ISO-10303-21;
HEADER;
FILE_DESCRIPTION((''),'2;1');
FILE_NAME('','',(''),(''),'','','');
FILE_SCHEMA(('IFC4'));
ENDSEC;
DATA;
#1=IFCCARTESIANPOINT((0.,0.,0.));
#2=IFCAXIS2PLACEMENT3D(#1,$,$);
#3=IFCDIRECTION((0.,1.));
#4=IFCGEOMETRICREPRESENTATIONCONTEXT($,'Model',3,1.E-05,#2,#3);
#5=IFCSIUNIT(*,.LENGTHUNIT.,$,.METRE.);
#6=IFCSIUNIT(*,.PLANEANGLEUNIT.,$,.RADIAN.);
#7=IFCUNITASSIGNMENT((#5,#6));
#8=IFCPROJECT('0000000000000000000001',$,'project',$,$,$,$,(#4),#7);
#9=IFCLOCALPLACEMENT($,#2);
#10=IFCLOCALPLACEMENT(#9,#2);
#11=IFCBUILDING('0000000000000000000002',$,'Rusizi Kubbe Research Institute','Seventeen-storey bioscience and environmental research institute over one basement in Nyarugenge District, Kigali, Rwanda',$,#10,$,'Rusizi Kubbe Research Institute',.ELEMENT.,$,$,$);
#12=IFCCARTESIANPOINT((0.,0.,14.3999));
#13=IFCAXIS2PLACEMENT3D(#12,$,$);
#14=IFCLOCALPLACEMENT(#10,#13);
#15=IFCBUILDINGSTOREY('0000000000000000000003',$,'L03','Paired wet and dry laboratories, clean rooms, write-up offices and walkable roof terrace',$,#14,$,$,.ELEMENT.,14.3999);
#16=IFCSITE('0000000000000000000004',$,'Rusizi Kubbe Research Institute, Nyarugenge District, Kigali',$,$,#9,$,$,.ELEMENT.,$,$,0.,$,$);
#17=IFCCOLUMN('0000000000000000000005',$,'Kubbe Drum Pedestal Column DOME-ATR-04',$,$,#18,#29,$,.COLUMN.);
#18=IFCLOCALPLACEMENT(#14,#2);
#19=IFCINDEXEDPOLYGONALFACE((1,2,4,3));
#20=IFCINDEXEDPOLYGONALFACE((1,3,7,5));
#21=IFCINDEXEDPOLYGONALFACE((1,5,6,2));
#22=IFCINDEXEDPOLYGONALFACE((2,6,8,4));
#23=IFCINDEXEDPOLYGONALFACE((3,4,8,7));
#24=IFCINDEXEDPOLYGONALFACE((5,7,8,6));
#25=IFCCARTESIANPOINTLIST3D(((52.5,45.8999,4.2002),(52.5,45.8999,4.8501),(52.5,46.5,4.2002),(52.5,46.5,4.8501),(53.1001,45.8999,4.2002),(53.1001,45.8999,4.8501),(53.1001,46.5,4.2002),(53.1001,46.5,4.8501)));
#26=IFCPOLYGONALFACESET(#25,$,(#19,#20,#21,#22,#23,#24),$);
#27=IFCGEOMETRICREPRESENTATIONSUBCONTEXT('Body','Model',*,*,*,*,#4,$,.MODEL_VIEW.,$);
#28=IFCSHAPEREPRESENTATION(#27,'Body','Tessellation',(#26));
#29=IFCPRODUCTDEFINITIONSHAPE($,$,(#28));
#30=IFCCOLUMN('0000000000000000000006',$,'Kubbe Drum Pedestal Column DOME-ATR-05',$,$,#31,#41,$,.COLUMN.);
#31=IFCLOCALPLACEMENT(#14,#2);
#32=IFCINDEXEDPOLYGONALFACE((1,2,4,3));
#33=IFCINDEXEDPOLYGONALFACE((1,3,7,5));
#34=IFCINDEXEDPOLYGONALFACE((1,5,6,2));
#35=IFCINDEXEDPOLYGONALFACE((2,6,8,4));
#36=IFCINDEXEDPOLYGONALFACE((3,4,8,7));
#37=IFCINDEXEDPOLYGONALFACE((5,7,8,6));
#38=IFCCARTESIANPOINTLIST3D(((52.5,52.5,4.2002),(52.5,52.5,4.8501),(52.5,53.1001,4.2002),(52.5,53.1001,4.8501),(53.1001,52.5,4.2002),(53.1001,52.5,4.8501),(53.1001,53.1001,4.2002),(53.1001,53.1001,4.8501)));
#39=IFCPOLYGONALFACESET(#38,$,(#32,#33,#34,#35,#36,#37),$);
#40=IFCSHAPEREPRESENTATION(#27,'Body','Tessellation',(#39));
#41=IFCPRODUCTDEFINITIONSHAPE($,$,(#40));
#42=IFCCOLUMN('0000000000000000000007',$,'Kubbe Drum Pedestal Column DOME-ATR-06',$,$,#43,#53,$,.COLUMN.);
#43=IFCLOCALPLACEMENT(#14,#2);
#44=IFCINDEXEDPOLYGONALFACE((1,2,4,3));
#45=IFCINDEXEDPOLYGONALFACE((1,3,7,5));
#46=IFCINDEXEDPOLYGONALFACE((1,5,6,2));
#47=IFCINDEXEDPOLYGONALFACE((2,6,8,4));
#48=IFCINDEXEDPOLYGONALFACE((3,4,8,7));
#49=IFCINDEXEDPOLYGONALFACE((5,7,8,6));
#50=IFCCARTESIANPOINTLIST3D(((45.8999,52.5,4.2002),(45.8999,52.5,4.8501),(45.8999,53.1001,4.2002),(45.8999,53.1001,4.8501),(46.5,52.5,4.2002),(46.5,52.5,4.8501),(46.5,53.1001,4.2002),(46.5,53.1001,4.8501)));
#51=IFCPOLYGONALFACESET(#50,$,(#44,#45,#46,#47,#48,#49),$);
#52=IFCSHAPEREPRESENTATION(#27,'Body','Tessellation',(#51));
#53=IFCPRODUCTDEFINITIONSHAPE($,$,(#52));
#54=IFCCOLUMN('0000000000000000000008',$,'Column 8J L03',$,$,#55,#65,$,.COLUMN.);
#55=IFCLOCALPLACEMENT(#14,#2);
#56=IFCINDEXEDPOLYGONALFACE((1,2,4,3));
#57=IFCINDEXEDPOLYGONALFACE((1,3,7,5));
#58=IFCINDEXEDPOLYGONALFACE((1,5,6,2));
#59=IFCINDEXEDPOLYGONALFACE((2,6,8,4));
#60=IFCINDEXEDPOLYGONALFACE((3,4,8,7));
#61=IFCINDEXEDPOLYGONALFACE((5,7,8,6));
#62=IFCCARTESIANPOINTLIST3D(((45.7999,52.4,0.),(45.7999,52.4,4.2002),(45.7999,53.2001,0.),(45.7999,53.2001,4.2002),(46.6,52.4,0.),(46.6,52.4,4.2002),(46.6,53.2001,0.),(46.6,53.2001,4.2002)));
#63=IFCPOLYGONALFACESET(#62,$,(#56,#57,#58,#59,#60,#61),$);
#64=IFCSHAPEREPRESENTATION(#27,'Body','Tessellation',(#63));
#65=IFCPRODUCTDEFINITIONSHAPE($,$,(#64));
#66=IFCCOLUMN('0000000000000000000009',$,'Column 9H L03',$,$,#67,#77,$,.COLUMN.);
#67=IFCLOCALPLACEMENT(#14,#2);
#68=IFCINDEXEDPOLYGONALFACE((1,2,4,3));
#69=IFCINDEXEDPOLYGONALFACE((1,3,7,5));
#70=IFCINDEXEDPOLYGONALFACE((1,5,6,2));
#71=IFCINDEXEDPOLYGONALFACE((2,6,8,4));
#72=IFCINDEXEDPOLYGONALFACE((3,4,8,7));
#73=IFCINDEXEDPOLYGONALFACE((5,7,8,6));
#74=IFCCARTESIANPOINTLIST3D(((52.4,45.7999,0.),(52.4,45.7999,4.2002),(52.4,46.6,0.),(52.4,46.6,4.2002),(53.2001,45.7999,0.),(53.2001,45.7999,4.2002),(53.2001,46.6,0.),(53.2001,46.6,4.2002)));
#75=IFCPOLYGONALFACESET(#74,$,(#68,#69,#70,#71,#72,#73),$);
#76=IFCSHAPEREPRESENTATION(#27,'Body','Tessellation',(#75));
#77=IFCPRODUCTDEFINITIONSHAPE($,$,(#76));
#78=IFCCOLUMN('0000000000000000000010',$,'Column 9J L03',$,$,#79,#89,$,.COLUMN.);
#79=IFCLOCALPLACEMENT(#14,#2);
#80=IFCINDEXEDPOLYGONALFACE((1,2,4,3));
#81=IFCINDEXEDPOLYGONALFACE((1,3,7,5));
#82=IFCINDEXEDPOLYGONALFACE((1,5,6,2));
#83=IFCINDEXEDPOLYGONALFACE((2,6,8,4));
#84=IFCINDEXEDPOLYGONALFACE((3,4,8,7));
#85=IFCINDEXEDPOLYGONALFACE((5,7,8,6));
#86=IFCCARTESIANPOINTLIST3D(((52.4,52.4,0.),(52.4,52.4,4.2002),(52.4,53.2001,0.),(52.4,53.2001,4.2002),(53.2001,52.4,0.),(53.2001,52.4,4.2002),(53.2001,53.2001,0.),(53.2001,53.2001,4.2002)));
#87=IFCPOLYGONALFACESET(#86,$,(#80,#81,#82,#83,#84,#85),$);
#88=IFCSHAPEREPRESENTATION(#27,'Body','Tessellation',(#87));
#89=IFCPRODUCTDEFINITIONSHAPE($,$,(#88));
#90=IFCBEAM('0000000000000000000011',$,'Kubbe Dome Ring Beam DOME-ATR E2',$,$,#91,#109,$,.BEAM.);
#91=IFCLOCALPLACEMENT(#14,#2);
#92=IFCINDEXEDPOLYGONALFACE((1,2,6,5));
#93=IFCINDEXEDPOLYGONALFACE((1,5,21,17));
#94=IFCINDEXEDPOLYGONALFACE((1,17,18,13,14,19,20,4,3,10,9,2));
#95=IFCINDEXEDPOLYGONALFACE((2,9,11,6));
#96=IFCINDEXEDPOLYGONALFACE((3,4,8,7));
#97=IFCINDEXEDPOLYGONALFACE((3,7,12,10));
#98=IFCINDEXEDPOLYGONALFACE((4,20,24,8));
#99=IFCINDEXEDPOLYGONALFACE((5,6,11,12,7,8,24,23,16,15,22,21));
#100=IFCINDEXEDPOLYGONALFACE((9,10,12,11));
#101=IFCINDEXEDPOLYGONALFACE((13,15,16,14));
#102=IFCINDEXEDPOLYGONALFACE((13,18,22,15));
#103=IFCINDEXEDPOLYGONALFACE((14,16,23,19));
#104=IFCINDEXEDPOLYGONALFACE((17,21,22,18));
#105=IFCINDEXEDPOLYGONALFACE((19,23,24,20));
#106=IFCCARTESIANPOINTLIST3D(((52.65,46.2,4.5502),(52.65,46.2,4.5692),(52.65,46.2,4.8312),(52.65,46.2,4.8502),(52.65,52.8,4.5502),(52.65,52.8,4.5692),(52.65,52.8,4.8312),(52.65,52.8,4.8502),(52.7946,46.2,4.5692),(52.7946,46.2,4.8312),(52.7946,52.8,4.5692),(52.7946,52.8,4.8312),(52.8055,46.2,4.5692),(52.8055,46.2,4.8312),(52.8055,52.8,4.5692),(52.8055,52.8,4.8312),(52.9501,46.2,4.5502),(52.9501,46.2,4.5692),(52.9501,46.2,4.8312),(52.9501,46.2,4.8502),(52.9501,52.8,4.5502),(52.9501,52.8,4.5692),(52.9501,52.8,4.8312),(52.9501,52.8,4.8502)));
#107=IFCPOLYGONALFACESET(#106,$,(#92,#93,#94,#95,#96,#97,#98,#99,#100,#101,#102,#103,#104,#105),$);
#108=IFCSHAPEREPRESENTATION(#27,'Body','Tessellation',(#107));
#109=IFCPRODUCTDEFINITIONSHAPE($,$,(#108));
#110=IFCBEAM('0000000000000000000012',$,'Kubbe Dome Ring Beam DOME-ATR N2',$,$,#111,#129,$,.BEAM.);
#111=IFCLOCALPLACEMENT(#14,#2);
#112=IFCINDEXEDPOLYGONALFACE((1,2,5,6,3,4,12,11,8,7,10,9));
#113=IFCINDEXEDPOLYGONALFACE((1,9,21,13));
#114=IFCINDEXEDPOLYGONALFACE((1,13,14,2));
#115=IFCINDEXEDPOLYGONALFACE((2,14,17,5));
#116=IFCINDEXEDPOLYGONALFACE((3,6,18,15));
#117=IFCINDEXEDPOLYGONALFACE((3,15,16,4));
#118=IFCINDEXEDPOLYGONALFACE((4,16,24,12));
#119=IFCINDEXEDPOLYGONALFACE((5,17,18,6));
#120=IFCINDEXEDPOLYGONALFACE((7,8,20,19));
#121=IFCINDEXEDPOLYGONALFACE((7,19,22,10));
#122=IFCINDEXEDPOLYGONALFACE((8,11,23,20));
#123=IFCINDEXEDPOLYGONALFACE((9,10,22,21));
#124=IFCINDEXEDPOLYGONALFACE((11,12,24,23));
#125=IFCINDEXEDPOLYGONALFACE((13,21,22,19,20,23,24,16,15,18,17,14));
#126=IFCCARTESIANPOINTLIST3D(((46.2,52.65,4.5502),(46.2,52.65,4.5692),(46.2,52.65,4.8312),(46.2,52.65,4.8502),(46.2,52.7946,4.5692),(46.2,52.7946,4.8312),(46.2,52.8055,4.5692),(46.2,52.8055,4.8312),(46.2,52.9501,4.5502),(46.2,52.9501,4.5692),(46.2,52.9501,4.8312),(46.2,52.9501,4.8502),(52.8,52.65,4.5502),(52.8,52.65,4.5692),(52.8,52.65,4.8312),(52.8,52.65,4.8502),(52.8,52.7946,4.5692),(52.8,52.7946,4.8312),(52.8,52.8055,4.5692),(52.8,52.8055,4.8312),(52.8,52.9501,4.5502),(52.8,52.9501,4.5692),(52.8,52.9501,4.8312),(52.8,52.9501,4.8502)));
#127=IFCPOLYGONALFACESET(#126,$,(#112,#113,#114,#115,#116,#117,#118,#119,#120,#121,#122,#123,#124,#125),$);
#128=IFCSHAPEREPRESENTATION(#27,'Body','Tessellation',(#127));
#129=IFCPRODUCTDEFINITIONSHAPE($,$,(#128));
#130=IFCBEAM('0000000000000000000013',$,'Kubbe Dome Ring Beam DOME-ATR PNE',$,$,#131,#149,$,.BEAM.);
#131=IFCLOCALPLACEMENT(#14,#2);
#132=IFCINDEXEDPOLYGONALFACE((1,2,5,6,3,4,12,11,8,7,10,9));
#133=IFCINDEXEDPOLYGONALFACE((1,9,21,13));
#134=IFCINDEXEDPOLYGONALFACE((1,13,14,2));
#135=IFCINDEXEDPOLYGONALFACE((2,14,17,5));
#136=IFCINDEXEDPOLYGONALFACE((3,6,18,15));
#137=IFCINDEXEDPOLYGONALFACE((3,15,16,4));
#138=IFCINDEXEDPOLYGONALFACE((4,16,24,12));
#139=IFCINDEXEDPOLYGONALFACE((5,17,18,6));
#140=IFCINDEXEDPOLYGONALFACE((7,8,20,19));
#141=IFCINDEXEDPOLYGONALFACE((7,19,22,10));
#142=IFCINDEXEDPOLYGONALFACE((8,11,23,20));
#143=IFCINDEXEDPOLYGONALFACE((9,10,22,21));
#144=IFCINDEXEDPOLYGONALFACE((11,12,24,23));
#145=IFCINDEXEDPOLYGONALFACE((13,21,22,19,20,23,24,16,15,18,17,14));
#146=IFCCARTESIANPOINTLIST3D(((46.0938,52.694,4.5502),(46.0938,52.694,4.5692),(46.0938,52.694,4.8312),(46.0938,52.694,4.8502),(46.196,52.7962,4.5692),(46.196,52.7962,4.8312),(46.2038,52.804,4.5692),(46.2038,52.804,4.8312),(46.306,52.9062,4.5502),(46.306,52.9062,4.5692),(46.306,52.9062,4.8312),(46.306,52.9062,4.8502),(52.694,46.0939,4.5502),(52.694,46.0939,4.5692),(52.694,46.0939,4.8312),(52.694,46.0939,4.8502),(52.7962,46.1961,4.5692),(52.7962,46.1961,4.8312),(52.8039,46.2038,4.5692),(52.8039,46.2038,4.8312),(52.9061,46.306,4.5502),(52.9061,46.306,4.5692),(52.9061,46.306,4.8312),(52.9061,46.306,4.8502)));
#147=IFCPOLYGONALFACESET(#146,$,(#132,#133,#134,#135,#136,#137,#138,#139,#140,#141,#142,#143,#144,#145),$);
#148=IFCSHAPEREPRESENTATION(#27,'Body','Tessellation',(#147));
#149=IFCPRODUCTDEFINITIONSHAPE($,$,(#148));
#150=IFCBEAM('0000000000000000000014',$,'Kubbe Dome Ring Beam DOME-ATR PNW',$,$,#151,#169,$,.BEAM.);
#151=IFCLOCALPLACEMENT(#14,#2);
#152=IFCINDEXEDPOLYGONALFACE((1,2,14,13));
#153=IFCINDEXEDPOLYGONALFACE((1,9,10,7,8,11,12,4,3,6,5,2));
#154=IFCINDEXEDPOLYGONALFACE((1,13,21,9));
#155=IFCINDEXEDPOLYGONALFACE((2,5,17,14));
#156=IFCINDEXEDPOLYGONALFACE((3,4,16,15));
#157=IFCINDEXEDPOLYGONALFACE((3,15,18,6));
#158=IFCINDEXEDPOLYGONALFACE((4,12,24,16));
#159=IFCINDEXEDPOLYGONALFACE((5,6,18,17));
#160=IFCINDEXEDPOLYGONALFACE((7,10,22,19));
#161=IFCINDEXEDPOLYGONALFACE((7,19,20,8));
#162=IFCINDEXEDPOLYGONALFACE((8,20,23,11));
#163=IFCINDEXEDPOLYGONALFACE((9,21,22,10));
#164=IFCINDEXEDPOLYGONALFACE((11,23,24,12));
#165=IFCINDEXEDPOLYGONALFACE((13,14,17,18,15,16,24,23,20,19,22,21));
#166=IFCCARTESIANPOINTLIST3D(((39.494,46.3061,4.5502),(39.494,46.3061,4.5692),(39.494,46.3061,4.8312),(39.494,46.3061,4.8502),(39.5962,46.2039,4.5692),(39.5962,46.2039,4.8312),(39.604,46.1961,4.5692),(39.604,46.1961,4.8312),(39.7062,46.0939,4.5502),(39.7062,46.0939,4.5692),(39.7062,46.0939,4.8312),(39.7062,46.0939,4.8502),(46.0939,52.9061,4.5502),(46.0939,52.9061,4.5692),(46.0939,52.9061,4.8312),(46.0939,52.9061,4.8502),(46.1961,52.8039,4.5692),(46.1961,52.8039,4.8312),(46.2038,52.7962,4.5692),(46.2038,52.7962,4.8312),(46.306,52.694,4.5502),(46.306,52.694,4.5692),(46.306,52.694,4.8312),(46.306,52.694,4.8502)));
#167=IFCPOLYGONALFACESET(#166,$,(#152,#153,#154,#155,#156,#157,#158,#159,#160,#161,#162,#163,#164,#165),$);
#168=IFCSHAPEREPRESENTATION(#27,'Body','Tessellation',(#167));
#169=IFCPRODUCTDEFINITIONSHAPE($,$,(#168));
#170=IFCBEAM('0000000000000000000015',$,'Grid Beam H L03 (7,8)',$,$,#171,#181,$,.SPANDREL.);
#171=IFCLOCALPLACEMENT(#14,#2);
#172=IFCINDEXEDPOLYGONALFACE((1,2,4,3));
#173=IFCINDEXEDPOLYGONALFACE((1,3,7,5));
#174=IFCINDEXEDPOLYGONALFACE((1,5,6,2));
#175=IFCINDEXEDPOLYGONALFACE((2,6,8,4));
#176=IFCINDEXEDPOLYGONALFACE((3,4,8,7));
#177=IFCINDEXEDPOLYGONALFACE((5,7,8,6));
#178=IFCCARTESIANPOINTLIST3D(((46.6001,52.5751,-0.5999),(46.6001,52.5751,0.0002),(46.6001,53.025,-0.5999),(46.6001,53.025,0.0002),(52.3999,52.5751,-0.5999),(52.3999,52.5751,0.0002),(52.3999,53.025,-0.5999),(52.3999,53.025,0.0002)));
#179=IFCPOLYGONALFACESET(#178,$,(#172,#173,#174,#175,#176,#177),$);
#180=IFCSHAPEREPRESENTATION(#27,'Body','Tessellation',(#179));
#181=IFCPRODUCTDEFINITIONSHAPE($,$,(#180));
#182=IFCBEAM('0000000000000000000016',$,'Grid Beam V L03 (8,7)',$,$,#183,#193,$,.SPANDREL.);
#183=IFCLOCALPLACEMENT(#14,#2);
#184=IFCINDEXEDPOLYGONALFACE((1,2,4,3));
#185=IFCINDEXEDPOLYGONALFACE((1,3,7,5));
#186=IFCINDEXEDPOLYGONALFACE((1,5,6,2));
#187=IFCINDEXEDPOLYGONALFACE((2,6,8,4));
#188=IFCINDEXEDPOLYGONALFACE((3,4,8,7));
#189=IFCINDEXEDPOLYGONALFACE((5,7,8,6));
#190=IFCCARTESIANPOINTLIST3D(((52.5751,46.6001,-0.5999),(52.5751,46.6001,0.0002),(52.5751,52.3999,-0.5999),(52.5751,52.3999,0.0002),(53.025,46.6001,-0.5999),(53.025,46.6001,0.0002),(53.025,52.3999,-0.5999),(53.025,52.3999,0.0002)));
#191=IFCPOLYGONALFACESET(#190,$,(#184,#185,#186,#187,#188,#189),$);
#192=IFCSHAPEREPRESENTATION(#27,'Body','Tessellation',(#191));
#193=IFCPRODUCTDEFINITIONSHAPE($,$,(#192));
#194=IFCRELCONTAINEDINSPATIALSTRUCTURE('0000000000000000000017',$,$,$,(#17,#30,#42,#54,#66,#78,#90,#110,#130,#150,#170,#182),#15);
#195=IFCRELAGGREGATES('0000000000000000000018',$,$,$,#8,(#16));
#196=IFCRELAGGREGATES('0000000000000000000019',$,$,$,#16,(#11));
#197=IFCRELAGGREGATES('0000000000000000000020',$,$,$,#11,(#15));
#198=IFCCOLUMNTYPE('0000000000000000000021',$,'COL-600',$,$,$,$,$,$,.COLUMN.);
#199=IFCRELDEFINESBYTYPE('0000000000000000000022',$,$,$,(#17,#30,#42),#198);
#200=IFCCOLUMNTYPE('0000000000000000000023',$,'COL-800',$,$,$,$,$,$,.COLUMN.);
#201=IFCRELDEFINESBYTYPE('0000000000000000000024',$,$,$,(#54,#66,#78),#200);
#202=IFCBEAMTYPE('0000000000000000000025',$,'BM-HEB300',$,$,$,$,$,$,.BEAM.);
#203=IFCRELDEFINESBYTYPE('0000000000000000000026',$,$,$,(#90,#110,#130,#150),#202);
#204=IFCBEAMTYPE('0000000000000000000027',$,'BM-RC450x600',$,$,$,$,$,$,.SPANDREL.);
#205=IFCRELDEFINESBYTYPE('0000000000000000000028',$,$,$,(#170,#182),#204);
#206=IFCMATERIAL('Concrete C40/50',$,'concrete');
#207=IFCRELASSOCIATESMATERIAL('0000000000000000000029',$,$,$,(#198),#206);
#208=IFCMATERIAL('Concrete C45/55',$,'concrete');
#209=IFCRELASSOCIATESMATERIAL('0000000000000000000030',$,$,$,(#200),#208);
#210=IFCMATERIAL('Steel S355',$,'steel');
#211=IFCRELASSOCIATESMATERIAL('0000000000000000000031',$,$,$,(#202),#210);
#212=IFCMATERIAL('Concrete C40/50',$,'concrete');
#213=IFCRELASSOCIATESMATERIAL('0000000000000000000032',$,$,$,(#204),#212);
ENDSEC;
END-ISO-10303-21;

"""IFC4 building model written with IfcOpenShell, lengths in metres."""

from ifc_helpers import new_model, si_unit, direction, frame, origin, origin_2d, place, context, subcontext, project, spatial, rectangle, i_section, extrude, material, material_profile, profile_set, type_object, element, save


model = new_model("IFC4")

# Units and contexts
model_context = context("Model", 3, precision=1e-05, world=origin(), true_north=direction((0.0, 1.0)))
body_context = subcontext(model_context, "Body", "Model", "MODEL_VIEW")
ifc_project = project(units=[si_unit("LENGTHUNIT", "METRE"), si_unit("PLANEANGLEUNIT", "RADIAN")], contexts=[model_context])

# Site, building, storey
site_placement = place(None, origin())
site = spatial("IfcSite", under=ifc_project, at=site_placement, Name="Rusizi Kubbe Research Institute, Nyarugenge District, Kigali", CompositionType="ELEMENT", RefElevation=0.0)
building_placement = place(site_placement, origin())
building = spatial("IfcBuilding", under=site, at=building_placement, Name="Rusizi Kubbe Research Institute", Description="Seventeen-storey bioscience and environmental research institute over one basement in Nyarugenge District, Kigali, Rwanda", LongName="Rusizi Kubbe Research Institute", CompositionType="ELEMENT")
storey_placement = place(building_placement, frame((0.0, 0.0, 14.3999)))
storey = spatial("IfcBuildingStorey", under=building, at=storey_placement, Name="L03", Description="Paired wet and dry laboratories, clean rooms, write-up offices and walkable roof terrace", CompositionType="ELEMENT", Elevation=14.3999)

# Columns
ifc_material_1 = material(Name="Concrete C40/50", Category="concrete")
ifc_material_profile_1 = material_profile(ifc_material_1, rectangle(XDim=0.6001, YDim=0.6001, at=origin_2d()), Name="RC600x600")
ifc_profile_set_1 = profile_set([ifc_material_profile_1], Name="Concrete C40/50")
column_type_1 = type_object("IfcColumnType", Name="COL-600", PredefinedType="COLUMN", material=ifc_profile_set_1)
for number, where, z_axis, x_axis, name in (
    (1, (52.8, 46.2, 4.2002), (0.0, 0.0, 1.0), (1.0, 0.0, 0.0), "Kubbe Drum Pedestal Column DOME-ATR-04"),
    (2, (52.8, 52.8, 4.2002), (0.0, 0.0, 1.0), (1.0, 0.0, 0.0), "Kubbe Drum Pedestal Column DOME-ATR-05"),
    (3, (46.2, 52.8, 4.2002), (0.0, 0.0, 1.0), (1.0, 0.0, 0.0), "Kubbe Drum Pedestal Column DOME-ATR-06"),
):
    element("IfcColumn", number, at=place(storey_placement, frame(where, z_axis=z_axis, x_axis=x_axis)), inside=storey, type_object=column_type_1, Name=name, PredefinedType="COLUMN", context=body_context, shape_type="SweptSolid", body=[
        extrude(rectangle(XDim=0.6001, YDim=0.6001, at=origin_2d()), origin(), (0.0, 0.0, 1.0), 0.6499),
    ])
ifc_material_2 = material(Name="Concrete C45/55", Category="concrete")
ifc_material_profile_2 = material_profile(ifc_material_2, rectangle(XDim=0.8, YDim=0.8, at=origin_2d()), Name="RC800x800")
ifc_profile_set_2 = profile_set([ifc_material_profile_2], Name="Concrete C45/55")
column_type_2 = type_object("IfcColumnType", Name="COL-800", PredefinedType="COLUMN", material=ifc_profile_set_2)
for number, where, z_axis, x_axis, name in (
    (4, (46.2, 52.8, 0.0), (0.0, 0.0, 1.0), (1.0, 0.0, 0.0), "Column 8J L03"),
    (5, (52.8, 46.2, 0.0), (0.0, 0.0, 1.0), (1.0, 0.0, 0.0), "Column 9H L03"),
    (6, (52.8, 52.8, 0.0), (0.0, 0.0, 1.0), (1.0, 0.0, 0.0), "Column 9J L03"),
):
    element("IfcColumn", number, at=place(storey_placement, frame(where, z_axis=z_axis, x_axis=x_axis)), inside=storey, type_object=column_type_2, Name=name, PredefinedType="COLUMN", context=body_context, shape_type="SweptSolid", body=[
        extrude(rectangle(XDim=0.8, YDim=0.8, at=origin_2d()), origin(), (0.0, 0.0, 1.0), 4.2002),
    ])

# Beams
ifc_material_3 = material(Name="Steel S355", Category="steel")
ifc_material_profile_3 = material_profile(ifc_material_3, i_section(OverallWidth=0.3, OverallDepth=0.3, WebThickness=0.011, FlangeThickness=0.019, at=origin_2d()), Name="HEB 300")
ifc_profile_set_3 = profile_set([ifc_material_profile_3], Name="Steel S355")
beam_type_1 = type_object("IfcBeamType", Name="BM-HEB300", PredefinedType="BEAM", material=ifc_profile_set_3)
for number, where, z_axis, x_axis, name in (
    (7, (52.8, 46.2, 4.7002), (0.0, 1.0, 0.0), (-1.0, 0.0, 0.0), "Kubbe Dome Ring Beam DOME-ATR E2"),
    (8, (46.2, 52.8, 4.7002), (1.0, 0.0, 0.0), (0.0, 1.0, 0.0), "Kubbe Dome Ring Beam DOME-ATR N2"),
):
    element("IfcBeam", number, at=place(storey_placement, frame(where, z_axis=z_axis, x_axis=x_axis)), inside=storey, type_object=beam_type_1, Name=name, PredefinedType="BEAM", context=body_context, shape_type="SweptSolid", body=[
        extrude(i_section(OverallWidth=0.3, OverallDepth=0.3, WebThickness=0.011, FlangeThickness=0.019, at=origin_2d()), origin(), (0.0, 0.0, 1.0), 6.6001),
    ])
beam_1_placement = place(storey_placement, frame((52.8, 46.2, 4.7002), z_axis=(-0.707107, 0.707107, 0.0), x_axis=(-0.707107, -0.707107, 0.0)))
element("IfcBeam", 9, at=beam_1_placement, inside=storey, type_object=beam_type_1, Name="Kubbe Dome Ring Beam DOME-ATR PNE", PredefinedType="BEAM", context=body_context, shape_type="SweptSolid", body=[
    extrude(i_section(OverallWidth=0.3, OverallDepth=0.3, WebThickness=0.011, FlangeThickness=0.019, at=origin_2d()), origin(), (0.0, 0.0, 1.0), 9.334),
])
beam_2_placement = place(storey_placement, frame((46.2, 52.8, 4.7002), z_axis=(-0.707094, -0.70712, 0.0), x_axis=(0.70712, -0.707094, 0.0)))
element("IfcBeam", 10, at=beam_2_placement, inside=storey, type_object=beam_type_1, Name="Kubbe Dome Ring Beam DOME-ATR PNW", PredefinedType="BEAM", context=body_context, shape_type="SweptSolid", body=[
    extrude(i_section(OverallWidth=0.3, OverallDepth=0.3, WebThickness=0.011, FlangeThickness=0.019, at=origin_2d()), origin(), (0.0, 0.0, 1.0), 9.3337),
])
ifc_material_4 = material(Name="Concrete C40/50", Category="concrete")
ifc_material_profile_4 = material_profile(ifc_material_4, rectangle(XDim=0.45, YDim=0.6001, at=origin_2d()), Name="RC450x600")
ifc_profile_set_4 = profile_set([ifc_material_profile_4], Name="Concrete C40/50")
beam_type_2 = type_object("IfcBeamType", Name="BM-RC450x600", PredefinedType="SPANDREL", material=ifc_profile_set_4)
for number, where, z_axis, x_axis, name in (
    (11, (46.6001, 52.8, -0.2998), (1.0, 0.0, 0.0), (0.0, 1.0, 0.0), "Grid Beam H L03 (7,8)"),
    (12, (52.8, 46.6001, -0.2998), (0.0, 1.0, 0.0), (-1.0, 0.0, 0.0), "Grid Beam V L03 (8,7)"),
):
    element("IfcBeam", number, at=place(storey_placement, frame(where, z_axis=z_axis, x_axis=x_axis)), inside=storey, type_object=beam_type_2, Name=name, PredefinedType="SPANDREL", context=body_context, shape_type="SweptSolid", body=[
        extrude(rectangle(XDim=0.45, YDim=0.6001, at=origin_2d()), origin(), (0.0, 0.0, 1.0), 5.7998),
    ])

save(model, "model.ifc")
